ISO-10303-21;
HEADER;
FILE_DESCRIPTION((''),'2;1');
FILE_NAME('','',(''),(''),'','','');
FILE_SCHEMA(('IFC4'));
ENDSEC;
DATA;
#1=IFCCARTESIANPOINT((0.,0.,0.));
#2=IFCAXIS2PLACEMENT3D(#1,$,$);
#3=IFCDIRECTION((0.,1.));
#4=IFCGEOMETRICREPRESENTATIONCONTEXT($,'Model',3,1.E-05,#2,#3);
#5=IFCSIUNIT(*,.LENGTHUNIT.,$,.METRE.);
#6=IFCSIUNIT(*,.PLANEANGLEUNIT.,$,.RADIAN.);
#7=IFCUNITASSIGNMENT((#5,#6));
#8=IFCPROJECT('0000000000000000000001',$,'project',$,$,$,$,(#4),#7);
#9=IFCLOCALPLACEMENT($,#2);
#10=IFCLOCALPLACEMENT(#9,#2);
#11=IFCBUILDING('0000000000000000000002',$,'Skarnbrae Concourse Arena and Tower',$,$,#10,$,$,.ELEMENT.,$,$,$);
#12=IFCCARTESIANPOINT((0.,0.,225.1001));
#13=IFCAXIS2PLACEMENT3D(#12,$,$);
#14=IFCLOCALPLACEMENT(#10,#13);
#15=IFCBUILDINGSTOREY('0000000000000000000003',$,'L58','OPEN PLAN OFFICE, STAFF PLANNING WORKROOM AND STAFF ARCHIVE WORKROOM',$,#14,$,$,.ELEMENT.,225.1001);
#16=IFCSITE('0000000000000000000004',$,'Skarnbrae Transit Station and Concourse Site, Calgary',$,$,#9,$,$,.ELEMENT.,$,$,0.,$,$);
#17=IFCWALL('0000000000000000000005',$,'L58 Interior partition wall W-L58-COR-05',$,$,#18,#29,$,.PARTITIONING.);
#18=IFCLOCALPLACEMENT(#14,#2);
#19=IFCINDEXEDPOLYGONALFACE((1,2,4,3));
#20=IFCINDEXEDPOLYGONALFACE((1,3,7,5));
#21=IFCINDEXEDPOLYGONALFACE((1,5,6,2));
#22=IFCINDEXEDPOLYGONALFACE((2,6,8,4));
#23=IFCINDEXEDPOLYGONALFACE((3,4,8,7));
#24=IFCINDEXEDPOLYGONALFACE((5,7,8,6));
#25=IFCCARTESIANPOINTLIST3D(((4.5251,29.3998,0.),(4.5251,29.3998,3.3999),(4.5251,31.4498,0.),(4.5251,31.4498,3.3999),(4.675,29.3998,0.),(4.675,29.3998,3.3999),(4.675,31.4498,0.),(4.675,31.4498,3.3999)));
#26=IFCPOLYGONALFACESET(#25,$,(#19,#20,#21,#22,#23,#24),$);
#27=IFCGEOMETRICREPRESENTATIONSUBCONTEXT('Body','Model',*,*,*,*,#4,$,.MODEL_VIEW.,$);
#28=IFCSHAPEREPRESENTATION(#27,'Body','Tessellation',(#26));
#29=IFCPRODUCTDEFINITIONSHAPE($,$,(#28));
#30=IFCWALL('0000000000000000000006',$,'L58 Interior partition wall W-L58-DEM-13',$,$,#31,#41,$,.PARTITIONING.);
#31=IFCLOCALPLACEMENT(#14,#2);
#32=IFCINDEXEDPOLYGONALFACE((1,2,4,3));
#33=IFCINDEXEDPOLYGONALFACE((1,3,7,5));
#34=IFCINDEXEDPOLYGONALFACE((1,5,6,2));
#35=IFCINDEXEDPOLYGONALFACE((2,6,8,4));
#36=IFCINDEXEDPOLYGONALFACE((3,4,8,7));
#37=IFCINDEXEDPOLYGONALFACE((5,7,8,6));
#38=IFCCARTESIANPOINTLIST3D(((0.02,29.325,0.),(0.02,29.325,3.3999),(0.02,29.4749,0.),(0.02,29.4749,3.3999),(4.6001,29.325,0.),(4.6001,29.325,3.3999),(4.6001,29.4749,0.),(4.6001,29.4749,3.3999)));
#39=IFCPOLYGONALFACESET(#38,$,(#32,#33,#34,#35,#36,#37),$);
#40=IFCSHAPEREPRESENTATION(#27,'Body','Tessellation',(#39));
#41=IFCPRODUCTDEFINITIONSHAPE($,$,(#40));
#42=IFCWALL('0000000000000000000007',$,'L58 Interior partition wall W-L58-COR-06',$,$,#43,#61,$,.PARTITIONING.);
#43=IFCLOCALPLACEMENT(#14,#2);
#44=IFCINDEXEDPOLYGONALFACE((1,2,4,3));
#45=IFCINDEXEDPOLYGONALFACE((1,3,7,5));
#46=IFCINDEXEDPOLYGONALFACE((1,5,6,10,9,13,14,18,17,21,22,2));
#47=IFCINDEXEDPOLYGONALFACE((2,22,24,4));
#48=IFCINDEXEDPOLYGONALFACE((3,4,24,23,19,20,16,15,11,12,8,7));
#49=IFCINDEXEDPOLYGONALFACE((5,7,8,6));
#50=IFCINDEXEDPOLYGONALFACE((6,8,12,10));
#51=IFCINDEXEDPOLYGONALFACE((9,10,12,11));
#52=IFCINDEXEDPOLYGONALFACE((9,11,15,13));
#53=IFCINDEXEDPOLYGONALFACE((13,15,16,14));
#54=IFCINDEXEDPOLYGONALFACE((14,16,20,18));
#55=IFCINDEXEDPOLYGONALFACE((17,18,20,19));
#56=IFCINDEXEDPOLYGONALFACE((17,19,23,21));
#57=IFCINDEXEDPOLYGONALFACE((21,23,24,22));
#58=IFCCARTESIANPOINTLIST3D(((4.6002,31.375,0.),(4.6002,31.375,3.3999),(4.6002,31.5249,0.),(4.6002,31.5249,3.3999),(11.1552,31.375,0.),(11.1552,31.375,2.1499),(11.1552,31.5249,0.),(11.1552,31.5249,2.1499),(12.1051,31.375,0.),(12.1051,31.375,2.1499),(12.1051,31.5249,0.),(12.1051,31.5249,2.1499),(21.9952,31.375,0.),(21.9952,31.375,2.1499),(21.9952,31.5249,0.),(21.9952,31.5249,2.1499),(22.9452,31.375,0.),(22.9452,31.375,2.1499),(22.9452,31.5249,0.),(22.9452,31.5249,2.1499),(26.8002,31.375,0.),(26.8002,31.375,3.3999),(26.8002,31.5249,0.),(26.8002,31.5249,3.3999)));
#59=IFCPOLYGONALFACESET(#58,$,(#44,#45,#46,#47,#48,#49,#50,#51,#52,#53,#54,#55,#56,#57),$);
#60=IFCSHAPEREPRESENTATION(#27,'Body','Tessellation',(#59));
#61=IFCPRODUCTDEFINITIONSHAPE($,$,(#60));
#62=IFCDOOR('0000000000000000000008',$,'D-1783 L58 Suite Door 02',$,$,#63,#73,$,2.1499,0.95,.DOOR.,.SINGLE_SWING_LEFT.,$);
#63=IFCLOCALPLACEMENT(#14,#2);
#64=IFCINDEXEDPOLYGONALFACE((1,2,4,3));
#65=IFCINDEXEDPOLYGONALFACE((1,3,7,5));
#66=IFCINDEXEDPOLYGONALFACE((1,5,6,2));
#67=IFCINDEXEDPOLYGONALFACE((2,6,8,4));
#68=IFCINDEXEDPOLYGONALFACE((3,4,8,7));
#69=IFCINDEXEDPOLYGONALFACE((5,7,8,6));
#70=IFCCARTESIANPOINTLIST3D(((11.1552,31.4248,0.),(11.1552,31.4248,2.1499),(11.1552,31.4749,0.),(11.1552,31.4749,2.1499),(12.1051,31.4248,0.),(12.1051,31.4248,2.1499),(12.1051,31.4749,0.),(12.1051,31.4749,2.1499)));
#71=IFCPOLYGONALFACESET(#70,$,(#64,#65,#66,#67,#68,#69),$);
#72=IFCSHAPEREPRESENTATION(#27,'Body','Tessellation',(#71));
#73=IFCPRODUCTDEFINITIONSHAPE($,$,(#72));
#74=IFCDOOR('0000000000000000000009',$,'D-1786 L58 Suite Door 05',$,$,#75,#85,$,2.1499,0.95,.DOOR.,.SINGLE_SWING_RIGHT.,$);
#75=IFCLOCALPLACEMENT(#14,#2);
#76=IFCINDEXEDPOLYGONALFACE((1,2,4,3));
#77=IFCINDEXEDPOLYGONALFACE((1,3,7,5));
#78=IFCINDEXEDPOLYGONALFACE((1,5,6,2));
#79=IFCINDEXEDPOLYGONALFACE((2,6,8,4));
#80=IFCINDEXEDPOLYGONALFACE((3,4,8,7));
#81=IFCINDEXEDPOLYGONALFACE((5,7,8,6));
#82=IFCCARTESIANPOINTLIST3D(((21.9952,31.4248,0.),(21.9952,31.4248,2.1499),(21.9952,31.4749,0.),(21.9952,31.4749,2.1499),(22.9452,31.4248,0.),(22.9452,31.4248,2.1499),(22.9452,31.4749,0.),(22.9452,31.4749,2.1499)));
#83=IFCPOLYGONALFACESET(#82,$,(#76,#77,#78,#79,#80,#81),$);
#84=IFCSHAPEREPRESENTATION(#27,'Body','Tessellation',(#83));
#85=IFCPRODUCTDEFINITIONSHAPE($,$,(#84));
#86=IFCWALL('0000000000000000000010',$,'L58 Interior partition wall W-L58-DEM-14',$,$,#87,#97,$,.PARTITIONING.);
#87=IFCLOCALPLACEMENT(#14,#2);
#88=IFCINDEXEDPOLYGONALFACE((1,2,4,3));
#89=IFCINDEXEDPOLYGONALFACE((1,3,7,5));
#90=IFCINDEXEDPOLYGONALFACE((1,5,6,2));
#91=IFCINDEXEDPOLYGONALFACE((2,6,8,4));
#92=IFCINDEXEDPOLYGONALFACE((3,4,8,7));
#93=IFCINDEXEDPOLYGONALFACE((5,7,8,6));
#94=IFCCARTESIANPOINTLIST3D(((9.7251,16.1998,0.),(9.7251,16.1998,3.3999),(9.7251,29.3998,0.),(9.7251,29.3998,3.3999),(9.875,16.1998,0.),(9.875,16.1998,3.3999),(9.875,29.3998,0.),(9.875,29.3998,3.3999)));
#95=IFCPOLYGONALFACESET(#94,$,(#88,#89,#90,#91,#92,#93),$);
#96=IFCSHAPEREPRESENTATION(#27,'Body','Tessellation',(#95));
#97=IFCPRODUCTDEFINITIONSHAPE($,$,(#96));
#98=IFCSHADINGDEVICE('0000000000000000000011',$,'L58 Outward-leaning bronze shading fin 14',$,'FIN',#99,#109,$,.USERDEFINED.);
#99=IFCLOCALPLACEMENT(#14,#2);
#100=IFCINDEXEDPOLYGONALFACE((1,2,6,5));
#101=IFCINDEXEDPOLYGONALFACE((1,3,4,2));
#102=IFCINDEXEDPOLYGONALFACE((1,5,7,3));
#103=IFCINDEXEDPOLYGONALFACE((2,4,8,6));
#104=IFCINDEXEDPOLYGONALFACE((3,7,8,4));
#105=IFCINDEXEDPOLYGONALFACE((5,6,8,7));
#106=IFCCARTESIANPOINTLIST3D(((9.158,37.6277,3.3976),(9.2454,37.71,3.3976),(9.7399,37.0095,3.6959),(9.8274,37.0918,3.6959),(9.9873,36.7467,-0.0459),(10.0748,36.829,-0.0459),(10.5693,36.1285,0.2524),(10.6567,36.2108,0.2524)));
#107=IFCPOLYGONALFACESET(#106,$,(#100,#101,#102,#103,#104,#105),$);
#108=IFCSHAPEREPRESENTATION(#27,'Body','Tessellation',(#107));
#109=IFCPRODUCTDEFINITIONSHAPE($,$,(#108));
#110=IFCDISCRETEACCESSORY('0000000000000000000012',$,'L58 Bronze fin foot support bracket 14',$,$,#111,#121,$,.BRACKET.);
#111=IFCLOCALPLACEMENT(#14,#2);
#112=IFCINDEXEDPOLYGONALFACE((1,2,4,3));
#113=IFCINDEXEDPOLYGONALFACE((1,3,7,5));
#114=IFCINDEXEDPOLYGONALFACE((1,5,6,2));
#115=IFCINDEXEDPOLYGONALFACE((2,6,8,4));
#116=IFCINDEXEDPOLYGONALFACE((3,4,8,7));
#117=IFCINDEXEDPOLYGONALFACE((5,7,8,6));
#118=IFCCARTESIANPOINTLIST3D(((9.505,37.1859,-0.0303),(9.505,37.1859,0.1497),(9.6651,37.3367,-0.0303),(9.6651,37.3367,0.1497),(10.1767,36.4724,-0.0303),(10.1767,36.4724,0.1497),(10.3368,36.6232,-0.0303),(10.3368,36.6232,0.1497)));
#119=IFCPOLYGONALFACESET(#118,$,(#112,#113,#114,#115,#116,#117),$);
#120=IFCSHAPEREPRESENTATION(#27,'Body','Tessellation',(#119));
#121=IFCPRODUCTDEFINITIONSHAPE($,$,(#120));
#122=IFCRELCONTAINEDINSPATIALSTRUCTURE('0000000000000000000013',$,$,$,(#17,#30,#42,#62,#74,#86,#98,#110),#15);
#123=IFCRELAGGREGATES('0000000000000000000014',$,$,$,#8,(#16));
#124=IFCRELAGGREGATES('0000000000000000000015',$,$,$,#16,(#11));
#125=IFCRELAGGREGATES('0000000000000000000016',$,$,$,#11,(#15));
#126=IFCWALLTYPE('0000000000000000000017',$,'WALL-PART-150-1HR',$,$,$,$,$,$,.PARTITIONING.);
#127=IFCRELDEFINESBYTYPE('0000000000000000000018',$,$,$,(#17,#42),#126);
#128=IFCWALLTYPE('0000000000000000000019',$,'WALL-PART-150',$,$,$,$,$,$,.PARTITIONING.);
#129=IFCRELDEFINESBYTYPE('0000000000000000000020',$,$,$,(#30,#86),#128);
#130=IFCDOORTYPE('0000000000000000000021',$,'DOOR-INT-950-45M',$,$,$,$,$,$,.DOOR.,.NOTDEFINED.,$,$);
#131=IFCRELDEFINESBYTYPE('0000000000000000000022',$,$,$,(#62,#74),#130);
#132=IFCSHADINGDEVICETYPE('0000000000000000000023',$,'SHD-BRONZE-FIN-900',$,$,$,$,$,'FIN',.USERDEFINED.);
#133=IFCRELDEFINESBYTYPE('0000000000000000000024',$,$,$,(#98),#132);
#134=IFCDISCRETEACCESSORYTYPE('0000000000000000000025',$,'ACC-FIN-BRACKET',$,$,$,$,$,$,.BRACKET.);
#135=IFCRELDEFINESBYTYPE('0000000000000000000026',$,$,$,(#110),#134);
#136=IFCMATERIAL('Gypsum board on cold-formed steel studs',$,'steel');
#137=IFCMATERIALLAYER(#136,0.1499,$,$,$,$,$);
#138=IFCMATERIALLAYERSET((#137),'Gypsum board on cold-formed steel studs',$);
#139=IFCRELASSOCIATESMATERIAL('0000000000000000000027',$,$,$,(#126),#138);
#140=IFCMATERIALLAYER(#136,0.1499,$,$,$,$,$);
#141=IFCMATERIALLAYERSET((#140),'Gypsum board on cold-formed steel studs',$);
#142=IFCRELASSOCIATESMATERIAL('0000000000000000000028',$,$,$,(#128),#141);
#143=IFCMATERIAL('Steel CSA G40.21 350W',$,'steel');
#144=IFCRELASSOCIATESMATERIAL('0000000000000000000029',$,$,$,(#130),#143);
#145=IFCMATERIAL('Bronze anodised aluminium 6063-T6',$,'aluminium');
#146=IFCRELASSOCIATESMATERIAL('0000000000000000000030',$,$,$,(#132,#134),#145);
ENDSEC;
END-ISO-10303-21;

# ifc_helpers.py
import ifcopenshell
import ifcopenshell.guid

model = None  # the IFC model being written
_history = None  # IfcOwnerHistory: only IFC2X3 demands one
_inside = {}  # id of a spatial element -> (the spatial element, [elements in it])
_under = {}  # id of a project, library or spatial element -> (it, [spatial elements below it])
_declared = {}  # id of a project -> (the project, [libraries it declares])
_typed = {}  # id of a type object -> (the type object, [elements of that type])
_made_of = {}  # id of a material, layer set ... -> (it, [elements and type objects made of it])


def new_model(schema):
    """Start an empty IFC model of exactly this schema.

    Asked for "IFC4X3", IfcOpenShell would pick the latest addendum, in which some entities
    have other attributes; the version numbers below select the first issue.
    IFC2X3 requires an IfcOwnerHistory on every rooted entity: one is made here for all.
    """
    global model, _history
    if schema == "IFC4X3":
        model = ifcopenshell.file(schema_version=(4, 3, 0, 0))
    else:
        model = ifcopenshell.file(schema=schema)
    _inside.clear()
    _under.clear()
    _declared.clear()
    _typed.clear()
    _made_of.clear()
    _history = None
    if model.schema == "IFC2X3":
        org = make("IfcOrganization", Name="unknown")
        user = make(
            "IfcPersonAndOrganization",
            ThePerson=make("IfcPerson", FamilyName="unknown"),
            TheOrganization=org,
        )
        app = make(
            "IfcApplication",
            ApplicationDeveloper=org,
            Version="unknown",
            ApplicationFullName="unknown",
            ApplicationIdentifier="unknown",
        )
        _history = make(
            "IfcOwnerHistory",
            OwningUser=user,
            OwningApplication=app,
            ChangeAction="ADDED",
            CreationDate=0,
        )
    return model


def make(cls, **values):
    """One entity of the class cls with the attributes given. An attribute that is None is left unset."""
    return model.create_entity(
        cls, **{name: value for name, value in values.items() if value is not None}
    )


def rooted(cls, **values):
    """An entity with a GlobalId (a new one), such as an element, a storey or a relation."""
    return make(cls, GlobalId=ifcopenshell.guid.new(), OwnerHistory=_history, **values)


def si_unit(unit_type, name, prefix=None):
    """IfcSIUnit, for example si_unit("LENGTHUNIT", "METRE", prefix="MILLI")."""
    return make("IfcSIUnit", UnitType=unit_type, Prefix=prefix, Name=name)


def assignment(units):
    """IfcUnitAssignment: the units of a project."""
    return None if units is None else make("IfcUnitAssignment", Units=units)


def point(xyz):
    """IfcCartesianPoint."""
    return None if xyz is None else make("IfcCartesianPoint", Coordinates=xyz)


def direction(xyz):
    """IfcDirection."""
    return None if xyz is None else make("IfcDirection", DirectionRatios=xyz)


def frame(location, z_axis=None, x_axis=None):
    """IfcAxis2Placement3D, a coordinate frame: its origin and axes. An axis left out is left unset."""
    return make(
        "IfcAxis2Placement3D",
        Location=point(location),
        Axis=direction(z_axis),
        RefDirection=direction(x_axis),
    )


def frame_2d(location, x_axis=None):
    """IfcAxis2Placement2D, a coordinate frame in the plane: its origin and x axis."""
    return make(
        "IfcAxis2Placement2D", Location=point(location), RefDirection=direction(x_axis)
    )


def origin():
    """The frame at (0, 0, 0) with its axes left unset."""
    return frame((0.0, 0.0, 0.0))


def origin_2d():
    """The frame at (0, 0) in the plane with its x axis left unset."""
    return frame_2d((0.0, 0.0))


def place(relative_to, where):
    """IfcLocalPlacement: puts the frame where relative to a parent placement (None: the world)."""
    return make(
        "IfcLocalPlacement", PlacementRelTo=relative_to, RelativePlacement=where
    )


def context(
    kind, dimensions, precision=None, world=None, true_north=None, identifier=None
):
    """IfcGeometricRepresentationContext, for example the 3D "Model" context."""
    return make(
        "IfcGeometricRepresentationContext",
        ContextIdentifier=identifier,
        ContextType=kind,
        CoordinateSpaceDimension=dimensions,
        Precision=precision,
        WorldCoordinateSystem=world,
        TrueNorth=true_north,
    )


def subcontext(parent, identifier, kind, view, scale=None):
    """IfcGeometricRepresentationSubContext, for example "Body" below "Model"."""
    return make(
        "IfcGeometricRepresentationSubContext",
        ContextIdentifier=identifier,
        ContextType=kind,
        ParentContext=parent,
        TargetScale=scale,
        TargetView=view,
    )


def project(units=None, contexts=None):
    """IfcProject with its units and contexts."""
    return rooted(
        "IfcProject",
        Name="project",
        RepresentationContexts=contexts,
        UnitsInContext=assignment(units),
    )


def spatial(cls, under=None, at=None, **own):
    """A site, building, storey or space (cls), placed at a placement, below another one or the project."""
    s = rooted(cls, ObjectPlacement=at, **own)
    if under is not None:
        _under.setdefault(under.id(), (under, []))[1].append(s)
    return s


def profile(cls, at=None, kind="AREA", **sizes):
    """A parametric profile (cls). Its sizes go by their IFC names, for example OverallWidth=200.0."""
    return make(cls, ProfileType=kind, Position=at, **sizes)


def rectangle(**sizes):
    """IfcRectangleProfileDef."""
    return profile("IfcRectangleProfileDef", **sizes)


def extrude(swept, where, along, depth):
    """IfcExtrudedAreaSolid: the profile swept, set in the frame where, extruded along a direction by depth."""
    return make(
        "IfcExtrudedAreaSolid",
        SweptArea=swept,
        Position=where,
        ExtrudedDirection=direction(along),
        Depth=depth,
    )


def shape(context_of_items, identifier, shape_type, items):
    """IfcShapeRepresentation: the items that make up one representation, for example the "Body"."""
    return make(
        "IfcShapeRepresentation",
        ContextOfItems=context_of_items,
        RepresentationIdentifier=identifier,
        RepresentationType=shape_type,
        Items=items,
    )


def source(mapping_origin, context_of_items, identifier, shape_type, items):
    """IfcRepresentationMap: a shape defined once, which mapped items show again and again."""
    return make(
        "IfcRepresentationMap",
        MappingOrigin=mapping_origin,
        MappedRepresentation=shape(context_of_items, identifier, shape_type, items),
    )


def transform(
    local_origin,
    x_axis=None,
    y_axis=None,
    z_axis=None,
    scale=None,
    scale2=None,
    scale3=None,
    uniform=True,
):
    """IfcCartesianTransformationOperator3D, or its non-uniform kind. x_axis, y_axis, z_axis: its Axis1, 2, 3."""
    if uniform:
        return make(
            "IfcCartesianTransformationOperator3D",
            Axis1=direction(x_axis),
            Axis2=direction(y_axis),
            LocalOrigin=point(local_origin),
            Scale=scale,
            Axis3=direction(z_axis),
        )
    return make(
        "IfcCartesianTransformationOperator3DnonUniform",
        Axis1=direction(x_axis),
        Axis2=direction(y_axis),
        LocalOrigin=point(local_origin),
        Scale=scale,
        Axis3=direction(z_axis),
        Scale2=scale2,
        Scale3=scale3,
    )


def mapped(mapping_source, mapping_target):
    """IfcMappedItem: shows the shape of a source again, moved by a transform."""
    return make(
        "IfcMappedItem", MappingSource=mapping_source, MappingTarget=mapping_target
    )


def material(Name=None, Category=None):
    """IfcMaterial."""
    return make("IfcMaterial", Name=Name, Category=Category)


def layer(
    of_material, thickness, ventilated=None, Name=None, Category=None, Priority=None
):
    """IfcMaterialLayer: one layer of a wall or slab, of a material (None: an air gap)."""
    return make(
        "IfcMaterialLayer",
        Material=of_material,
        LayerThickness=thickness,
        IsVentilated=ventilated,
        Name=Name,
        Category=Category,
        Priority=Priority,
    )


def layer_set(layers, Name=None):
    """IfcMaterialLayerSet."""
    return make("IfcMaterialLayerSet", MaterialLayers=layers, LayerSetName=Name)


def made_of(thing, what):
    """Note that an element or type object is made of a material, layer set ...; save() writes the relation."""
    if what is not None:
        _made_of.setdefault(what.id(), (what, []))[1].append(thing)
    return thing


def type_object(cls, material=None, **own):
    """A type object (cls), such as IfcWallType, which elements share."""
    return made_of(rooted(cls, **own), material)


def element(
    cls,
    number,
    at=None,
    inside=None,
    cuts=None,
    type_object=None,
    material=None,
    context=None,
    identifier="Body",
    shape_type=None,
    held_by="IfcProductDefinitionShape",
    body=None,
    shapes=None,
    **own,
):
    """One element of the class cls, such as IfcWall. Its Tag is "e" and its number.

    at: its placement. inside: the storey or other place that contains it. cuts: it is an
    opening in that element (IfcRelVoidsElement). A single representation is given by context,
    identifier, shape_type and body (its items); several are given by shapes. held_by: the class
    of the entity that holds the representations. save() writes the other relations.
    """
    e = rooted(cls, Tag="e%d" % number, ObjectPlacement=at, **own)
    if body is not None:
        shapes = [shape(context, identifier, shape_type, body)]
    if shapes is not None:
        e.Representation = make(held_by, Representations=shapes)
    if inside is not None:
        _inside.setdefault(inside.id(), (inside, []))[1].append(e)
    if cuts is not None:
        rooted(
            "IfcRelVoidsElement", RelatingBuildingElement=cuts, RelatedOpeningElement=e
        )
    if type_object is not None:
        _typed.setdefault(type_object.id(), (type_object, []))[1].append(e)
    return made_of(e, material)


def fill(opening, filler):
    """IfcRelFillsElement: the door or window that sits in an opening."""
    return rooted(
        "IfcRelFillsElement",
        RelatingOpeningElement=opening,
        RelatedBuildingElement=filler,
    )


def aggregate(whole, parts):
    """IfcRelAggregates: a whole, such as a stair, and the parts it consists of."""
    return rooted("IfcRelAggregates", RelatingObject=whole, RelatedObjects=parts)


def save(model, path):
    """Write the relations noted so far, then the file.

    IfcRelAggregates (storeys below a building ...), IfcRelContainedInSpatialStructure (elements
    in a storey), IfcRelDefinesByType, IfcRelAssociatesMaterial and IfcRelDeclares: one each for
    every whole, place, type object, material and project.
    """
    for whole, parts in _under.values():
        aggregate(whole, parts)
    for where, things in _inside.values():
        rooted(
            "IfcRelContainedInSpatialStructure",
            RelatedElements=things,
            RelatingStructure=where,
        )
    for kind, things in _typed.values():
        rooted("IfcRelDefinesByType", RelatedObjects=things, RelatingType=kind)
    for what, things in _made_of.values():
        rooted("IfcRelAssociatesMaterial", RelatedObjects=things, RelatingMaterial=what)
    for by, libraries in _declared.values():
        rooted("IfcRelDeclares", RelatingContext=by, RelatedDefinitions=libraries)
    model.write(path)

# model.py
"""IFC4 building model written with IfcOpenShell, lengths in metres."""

from ifc_helpers import new_model, si_unit, direction, frame, frame_2d, origin, origin_2d, place, context, subcontext, project, spatial, rectangle, extrude, source, transform, mapped, material, layer, layer_set, type_object, element, fill, save


model = new_model("IFC4")

# Units and contexts
model_context = context("Model", 3, precision=1e-05, world=origin(), true_north=direction((0.0, 1.0)))
body_context = subcontext(model_context, "Body", "Model", "MODEL_VIEW")
ifc_project = project(units=[si_unit("LENGTHUNIT", "METRE"), si_unit("PLANEANGLEUNIT", "RADIAN")], contexts=[model_context])

# Site, building, storey
site_placement = place(None, origin())
site = spatial("IfcSite", under=ifc_project, at=site_placement, Name="Skarnbrae Transit Station and Concourse Site, Calgary", CompositionType="ELEMENT", RefElevation=0.0)
building_placement = place(site_placement, origin())
building = spatial("IfcBuilding", under=site, at=building_placement, Name="Skarnbrae Concourse Arena and Tower", CompositionType="ELEMENT")
storey_placement = place(building_placement, frame((0.0, 0.0, 225.1001)))
storey = spatial("IfcBuildingStorey", under=building, at=storey_placement, Name="L58", Description="OPEN PLAN OFFICE, STAFF PLANNING WORKROOM AND STAFF ARCHIVE WORKROOM", CompositionType="ELEMENT", Elevation=225.1001)

# Shared definitions
ifc_material_1 = material(Name="Steel CSA G40.21 350W", Category="steel")

# Shared definitions
ifc_material_2 = material(Name="Bronze anodised aluminium 6063-T6", Category="aluminium")

# Walls
ifc_material_3 = material(Name="Gypsum board on cold-formed steel studs", Category="steel")
ifc_layer_1 = layer(ifc_material_3, 0.1499)
ifc_layer_set_1 = layer_set([ifc_layer_1], Name="Gypsum board on cold-formed steel studs")
wall_type_1 = type_object("IfcWallType", Name="WALL-PART-150-1HR", PredefinedType="PARTITIONING", material=ifc_layer_set_1)
shared_shape_1 = source(origin(), body_context, "Body", "SweptSolid", [
    extrude(rectangle(XDim=2.05, YDim=0.1499, at=frame_2d((1.0249, 0.0))), origin(), (0.0, 0.0, 1.0), 3.3999),
])
wall_1_placement = place(storey_placement, frame((4.6001, 29.3999, 0.0), z_axis=(0.0, 0.0, 1.0), x_axis=(0.0, 1.0, 0.0)))
element("IfcWall", 1, at=wall_1_placement, inside=storey, type_object=wall_type_1, Name="L58 Interior partition wall W-L58-COR-05", PredefinedType="PARTITIONING", context=body_context, shape_type="MappedRepresentation", body=[
    mapped(shared_shape_1, transform((0.0, 0.0, 0.0))),
])
ifc_layer_2 = layer(ifc_material_3, 0.1499)
ifc_layer_set_2 = layer_set([ifc_layer_2], Name="Gypsum board on cold-formed steel studs")
wall_type_2 = type_object("IfcWallType", Name="WALL-PART-150", PredefinedType="PARTITIONING", material=ifc_layer_set_2)
shared_shape_2 = source(origin(), body_context, "Body", "SweptSolid", [
    extrude(rectangle(XDim=4.5801, YDim=0.1499, at=frame_2d((2.29, 0.0))), origin(), (0.0, 0.0, 1.0), 3.3999),
])
wall_2_placement = place(storey_placement, frame((0.02, 29.3999, 0.0), z_axis=(0.0, 0.0, 1.0), x_axis=(1.0, 0.0, 0.0)))
element("IfcWall", 2, at=wall_2_placement, inside=storey, type_object=wall_type_2, Name="L58 Interior partition wall W-L58-DEM-13", PredefinedType="PARTITIONING", context=body_context, shape_type="MappedRepresentation", body=[
    mapped(shared_shape_2, transform((0.0, 0.0, 0.0))),
])

# Wall, openings, doors
shared_shape_3 = source(origin(), body_context, "Body", "SweptSolid", [
    extrude(rectangle(XDim=22.2, YDim=0.1499, at=frame_2d((11.1001, 0.0))), origin(), (0.0, 0.0, 1.0), 3.3999),
])
wall_3_placement = place(storey_placement, frame((4.6001, 31.45, 0.0), z_axis=(0.0, 0.0, 1.0), x_axis=(1.0, 0.0, 0.0)))
wall_3 = element("IfcWall", 3, at=wall_3_placement, inside=storey, type_object=wall_type_1, Name="L58 Interior partition wall W-L58-COR-06", PredefinedType="PARTITIONING", context=body_context, shape_type="MappedRepresentation", body=[
    mapped(shared_shape_3, transform((0.0, 0.0, 0.0))),
])
opening_1_placement = place(wall_3_placement, frame((6.5549, 0.0, 0.0)))
opening_1 = element("IfcOpeningElement", 4, at=opening_1_placement, cuts=wall_3, PredefinedType="OPENING", context=body_context, shape_type="SweptSolid", body=[
    extrude(rectangle(XDim=0.95, YDim=2.1499, at=frame_2d((0.4751, 1.075))), frame((0.0, 0.085, 0.0), z_axis=(0.0, -1.0, 0.0), x_axis=(1.0, 0.0, 0.0)), (0.0, 0.0, 1.0), 0.1699),
])
opening_2_placement = place(wall_3_placement, frame((17.395, 0.0, 0.0)))
opening_2 = element("IfcOpeningElement", 5, at=opening_2_placement, cuts=wall_3, PredefinedType="OPENING", context=body_context, shape_type="SweptSolid", body=[
    extrude(rectangle(XDim=0.95, YDim=2.1499, at=frame_2d((0.4751, 1.075))), frame((0.0, 0.085, 0.0), z_axis=(0.0, -1.0, 0.0), x_axis=(1.0, 0.0, 0.0)), (0.0, 0.0, 1.0), 0.1699),
])
door_type = type_object("IfcDoorType", Name="DOOR-INT-950-45M", OperationType="NOTDEFINED", PredefinedType="DOOR", material=ifc_material_1)
shared_shape_4 = source(origin(), body_context, "Body", "SweptSolid", [
    extrude(rectangle(XDim=0.95, YDim=2.1499, at=frame_2d((0.4751, 1.075))), frame((0.0, 0.0249, 0.0), z_axis=(0.0, -1.0, 0.0), x_axis=(1.0, 0.0, 0.0)), (0.0, 0.0, 1.0), 0.05),
])
door_1_placement = place(opening_1_placement, origin())
door_1 = element("IfcDoor", 6, at=door_1_placement, inside=storey, type_object=door_type, Name="D-1783 L58 Suite Door 02", OperationType="SINGLE_SWING_LEFT", OverallHeight=2.1499, OverallWidth=0.95, PredefinedType="DOOR", context=body_context, shape_type="MappedRepresentation", body=[
    mapped(shared_shape_4, transform((0.0, 0.0, 0.0))),
])
fill(opening_1, door_1)
door_2_placement = place(opening_2_placement, origin())
door_2 = element("IfcDoor", 7, at=door_2_placement, inside=storey, type_object=door_type, Name="D-1786 L58 Suite Door 05", OperationType="SINGLE_SWING_RIGHT", OverallHeight=2.1499, OverallWidth=0.95, PredefinedType="DOOR", context=body_context, shape_type="MappedRepresentation", body=[
    mapped(shared_shape_4, transform((0.0, 0.0, 0.0))),
])
fill(opening_2, door_2)

# Wall
shared_shape_5 = source(origin(), body_context, "Body", "SweptSolid", [
    extrude(rectangle(XDim=13.2, YDim=0.1499, at=frame_2d((6.6001, 0.0))), origin(), (0.0, 0.0, 1.0), 3.3999),
])
wall_4_placement = place(storey_placement, frame((9.8, 29.3999, 0.0), z_axis=(0.0, 0.0, 1.0), x_axis=(0.0, -1.0, 0.0)))
element("IfcWall", 8, at=wall_4_placement, inside=storey, type_object=wall_type_2, Name="L58 Interior partition wall W-L58-DEM-14", PredefinedType="PARTITIONING", context=body_context, shape_type="MappedRepresentation", body=[
    mapped(shared_shape_5, transform((0.0, 0.0, 0.0))),
])

# Shading device
shading_device_type = type_object("IfcShadingDeviceType", Name="SHD-BRONZE-FIN-900", ElementType="FIN", PredefinedType="USERDEFINED", material=ifc_material_2)
shared_shape_6 = source(origin(), body_context, "Body", "SweptSolid", [
    extrude(rectangle(XDim=0.1201, YDim=0.8999, at=origin_2d()), origin(), (0.0, 0.0, 1.0), 3.6499),
])
shading_device_placement = place(storey_placement, frame((10.322, 36.4788, 0.1033), z_axis=(-0.227224, 0.241378, 0.943454), x_axis=(0.728132, 0.685437, 0.0)))
element("IfcShadingDevice", 9, at=shading_device_placement, inside=storey, type_object=shading_device_type, Name="L58 Outward-leaning bronze shading fin 14", ObjectType="FIN", PredefinedType="USERDEFINED", context=body_context, shape_type="MappedRepresentation", body=[
    mapped(shared_shape_6, transform((0.0, 0.0, 0.0))),
])

# Discrete accessory
discrete_accessory_type = type_object("IfcDiscreteAccessoryType", Name="ACC-FIN-BRACKET", PredefinedType="BRACKET", material=ifc_material_2)
shared_shape_7 = source(origin(), body_context, "Body", "SweptSolid", [
    extrude(rectangle(XDim=0.22, YDim=0.98, at=origin_2d()), origin(), (0.0, 0.0, 1.0), 0.1799),
])
discrete_accessory_placement = place(storey_placement, frame((9.9209, 36.9045, -0.0303), z_axis=(0.0, 0.0, 1.0), x_axis=(0.728132, 0.685437, 0.0)))
element("IfcDiscreteAccessory", 10, at=discrete_accessory_placement, inside=storey, type_object=discrete_accessory_type, Name="L58 Bronze fin foot support bracket 14", PredefinedType="BRACKET", context=body_context, shape_type="MappedRepresentation", body=[
    mapped(shared_shape_7, transform((0.0, 0.0, 0.0))),
])

save(model, "model.ifc")
